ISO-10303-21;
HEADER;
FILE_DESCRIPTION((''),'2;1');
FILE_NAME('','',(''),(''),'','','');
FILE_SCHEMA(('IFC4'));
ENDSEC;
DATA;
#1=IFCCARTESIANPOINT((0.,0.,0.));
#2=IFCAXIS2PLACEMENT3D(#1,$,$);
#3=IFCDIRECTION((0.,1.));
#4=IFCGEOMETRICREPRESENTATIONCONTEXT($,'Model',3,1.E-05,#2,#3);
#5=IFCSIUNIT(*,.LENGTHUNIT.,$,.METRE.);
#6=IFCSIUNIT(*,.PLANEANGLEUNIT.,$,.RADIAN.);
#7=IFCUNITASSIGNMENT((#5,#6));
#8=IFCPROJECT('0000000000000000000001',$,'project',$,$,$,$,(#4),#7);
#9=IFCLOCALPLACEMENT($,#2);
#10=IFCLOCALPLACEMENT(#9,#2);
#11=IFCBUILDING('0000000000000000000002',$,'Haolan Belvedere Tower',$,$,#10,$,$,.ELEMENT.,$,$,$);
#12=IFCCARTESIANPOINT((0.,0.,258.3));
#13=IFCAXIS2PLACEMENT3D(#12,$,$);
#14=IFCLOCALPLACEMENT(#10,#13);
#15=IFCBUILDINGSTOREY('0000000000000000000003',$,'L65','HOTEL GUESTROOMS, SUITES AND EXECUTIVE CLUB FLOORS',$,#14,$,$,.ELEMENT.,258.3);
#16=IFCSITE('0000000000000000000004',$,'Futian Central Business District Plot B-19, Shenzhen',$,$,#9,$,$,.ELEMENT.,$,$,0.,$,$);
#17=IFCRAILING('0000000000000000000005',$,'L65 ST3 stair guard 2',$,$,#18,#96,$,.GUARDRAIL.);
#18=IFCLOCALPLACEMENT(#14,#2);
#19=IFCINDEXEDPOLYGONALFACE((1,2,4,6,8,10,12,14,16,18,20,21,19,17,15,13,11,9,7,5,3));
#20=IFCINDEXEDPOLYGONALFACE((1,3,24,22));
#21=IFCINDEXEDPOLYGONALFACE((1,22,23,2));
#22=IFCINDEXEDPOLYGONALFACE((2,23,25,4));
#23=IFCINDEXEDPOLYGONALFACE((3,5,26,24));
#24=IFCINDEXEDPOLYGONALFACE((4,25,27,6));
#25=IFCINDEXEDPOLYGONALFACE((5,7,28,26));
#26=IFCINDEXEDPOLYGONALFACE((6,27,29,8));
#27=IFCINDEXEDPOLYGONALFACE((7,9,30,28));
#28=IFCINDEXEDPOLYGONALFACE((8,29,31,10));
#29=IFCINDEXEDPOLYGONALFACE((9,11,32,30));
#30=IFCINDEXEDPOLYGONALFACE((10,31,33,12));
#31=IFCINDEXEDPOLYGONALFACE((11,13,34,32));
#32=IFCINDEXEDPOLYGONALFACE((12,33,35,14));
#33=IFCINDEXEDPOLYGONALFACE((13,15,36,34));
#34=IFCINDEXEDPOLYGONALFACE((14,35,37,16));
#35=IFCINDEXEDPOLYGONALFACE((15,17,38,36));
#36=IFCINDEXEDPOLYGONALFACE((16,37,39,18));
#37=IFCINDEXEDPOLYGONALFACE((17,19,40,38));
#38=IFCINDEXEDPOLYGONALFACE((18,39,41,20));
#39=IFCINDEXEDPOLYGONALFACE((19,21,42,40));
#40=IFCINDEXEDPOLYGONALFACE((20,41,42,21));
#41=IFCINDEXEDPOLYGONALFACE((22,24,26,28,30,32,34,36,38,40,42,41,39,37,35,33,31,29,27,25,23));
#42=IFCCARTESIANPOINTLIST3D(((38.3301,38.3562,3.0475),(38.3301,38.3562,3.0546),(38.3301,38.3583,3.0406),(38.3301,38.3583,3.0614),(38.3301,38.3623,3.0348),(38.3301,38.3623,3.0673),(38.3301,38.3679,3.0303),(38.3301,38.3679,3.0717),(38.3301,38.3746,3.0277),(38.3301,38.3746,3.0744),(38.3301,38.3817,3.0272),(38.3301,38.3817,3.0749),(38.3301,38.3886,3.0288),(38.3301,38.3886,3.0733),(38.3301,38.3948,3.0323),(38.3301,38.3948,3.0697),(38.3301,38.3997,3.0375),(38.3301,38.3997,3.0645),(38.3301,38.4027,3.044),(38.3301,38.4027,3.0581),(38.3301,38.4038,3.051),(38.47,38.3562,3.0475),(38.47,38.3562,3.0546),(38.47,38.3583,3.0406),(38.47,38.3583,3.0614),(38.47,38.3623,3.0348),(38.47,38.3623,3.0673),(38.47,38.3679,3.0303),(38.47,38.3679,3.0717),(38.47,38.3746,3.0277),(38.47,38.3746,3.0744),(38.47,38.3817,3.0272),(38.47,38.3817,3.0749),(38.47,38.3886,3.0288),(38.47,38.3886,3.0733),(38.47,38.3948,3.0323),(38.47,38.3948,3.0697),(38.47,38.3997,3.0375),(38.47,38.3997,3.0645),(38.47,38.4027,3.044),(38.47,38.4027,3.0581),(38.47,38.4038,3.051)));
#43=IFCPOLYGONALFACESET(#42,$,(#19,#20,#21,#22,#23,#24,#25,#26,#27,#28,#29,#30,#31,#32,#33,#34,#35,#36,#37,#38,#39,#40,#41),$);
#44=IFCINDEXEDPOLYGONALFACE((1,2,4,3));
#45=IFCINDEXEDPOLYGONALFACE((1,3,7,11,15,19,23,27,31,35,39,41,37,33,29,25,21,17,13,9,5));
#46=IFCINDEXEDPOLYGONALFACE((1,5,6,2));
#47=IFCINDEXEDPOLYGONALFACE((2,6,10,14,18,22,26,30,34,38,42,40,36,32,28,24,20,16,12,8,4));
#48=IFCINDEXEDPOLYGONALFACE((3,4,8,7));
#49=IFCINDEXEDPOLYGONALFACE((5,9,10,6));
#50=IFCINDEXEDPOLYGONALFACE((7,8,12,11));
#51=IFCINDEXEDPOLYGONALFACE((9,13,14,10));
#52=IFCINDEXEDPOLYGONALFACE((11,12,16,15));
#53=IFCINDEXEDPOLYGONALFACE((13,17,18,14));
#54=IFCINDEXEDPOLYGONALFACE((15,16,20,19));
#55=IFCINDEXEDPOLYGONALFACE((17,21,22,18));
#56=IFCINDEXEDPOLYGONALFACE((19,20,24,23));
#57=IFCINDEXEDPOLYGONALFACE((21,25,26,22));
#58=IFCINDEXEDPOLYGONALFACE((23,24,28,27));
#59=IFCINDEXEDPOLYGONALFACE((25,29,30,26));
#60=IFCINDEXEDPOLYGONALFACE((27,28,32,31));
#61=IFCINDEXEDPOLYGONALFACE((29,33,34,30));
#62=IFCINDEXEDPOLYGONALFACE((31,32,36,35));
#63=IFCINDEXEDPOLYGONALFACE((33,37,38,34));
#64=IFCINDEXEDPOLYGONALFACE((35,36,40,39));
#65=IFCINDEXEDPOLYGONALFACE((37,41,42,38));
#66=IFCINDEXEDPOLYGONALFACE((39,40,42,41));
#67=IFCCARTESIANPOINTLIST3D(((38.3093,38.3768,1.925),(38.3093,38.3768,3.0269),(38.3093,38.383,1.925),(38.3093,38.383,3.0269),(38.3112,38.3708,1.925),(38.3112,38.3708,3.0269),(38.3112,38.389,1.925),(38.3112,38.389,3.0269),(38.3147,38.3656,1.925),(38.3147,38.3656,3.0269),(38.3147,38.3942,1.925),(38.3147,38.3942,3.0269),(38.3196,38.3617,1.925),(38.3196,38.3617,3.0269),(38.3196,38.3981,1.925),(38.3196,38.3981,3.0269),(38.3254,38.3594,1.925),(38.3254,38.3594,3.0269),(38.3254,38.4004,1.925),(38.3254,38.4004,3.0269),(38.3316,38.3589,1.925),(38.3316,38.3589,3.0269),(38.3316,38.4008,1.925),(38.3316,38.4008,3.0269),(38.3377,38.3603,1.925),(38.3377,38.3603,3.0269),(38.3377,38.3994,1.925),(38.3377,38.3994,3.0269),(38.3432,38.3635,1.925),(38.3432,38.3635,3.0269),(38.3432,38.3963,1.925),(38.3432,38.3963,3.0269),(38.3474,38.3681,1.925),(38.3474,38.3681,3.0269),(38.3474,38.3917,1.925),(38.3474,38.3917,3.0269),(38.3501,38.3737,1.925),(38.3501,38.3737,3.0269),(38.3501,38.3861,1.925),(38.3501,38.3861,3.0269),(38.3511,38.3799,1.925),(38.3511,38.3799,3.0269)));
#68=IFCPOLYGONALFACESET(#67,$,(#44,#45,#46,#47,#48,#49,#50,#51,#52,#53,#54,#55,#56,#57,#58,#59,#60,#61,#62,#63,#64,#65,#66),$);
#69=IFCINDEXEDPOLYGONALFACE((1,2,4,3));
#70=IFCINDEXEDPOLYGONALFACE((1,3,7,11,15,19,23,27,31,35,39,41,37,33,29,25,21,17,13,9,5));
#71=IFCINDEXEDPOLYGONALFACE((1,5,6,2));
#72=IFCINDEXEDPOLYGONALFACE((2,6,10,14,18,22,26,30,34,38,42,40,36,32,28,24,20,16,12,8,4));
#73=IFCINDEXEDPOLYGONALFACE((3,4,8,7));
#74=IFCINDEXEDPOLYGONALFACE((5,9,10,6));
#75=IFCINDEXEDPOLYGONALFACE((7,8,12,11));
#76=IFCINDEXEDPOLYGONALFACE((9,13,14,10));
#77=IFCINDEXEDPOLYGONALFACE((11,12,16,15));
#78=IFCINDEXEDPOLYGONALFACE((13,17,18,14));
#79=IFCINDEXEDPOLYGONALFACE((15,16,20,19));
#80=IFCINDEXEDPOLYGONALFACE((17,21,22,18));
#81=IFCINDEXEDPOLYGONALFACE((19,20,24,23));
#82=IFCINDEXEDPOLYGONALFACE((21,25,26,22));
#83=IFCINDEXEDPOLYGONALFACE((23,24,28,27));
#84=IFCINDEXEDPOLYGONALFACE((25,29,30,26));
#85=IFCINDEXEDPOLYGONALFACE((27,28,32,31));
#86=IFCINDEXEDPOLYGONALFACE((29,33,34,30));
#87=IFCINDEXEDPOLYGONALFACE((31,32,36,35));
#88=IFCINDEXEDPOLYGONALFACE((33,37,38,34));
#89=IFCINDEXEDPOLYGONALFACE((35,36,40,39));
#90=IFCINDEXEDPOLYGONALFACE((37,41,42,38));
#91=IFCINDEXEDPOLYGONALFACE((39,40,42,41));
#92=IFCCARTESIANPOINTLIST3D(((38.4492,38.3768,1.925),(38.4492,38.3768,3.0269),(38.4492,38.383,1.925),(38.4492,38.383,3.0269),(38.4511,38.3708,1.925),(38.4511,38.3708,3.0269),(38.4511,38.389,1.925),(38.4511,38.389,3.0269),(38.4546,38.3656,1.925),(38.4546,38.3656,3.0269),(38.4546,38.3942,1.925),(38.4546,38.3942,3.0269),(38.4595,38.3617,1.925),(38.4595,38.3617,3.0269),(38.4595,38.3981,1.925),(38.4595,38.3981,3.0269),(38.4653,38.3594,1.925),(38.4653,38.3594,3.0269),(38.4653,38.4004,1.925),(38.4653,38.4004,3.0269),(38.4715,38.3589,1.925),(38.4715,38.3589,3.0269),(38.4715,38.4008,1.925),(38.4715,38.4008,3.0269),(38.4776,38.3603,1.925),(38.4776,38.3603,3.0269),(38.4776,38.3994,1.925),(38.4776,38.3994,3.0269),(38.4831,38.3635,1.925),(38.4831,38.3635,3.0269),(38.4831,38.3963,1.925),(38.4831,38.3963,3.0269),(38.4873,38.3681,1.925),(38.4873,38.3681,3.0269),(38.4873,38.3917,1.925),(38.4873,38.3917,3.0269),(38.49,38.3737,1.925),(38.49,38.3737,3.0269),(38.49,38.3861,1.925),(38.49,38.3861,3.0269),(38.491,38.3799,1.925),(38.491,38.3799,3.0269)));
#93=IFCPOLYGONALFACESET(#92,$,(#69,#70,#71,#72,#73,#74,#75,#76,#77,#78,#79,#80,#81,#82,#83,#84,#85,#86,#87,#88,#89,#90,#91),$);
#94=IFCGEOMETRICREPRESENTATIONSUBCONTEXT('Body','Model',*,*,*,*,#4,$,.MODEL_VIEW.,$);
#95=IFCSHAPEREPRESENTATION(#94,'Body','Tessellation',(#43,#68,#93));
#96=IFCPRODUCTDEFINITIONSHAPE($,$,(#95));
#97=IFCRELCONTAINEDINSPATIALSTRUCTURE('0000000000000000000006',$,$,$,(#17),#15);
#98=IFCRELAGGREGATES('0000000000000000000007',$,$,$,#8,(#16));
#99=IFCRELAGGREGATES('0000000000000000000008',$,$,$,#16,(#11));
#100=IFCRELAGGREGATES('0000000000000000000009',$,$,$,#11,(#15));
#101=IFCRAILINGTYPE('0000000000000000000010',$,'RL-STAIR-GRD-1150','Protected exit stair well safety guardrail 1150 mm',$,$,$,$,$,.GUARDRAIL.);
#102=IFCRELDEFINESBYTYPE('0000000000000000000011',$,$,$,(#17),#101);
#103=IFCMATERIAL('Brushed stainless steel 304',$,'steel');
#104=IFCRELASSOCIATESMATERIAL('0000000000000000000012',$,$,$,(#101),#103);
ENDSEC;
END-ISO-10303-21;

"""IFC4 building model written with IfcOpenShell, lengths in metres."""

from ifc_helpers import new_model, si_unit, direction, frame, origin, origin_2d, place, context, subcontext, project, spatial, circle, extrude, material, type_object, element, save


model = new_model("IFC4")

# Units and contexts
model_context = context("Model", 3, precision=1e-05, world=origin(), true_north=direction((0.0, 1.0)))
body_context = subcontext(model_context, "Body", "Model", "MODEL_VIEW")
ifc_project = project(units=[si_unit("LENGTHUNIT", "METRE"), si_unit("PLANEANGLEUNIT", "RADIAN")], contexts=[model_context])

# Site, building, storey
site_placement = place(None, origin())
site = spatial("IfcSite", under=ifc_project, at=site_placement, Name="Futian Central Business District Plot B-19, Shenzhen", CompositionType="ELEMENT", RefElevation=0.0)
building_placement = place(site_placement, origin())
building = spatial("IfcBuilding", under=site, at=building_placement, Name="Haolan Belvedere Tower", CompositionType="ELEMENT")
storey_placement = place(building_placement, frame((0.0, 0.0, 258.3)))
storey = spatial("IfcBuildingStorey", under=building, at=storey_placement, Name="L65", Description="HOTEL GUESTROOMS, SUITES AND EXECUTIVE CLUB FLOORS", CompositionType="ELEMENT", Elevation=258.3)

# Railing
ifc_material_1 = material(Name="Brushed stainless steel 304", Category="steel")
railing_type_1 = type_object("IfcRailingType", Name="RL-STAIR-GRD-1150", Description="Protected exit stair well safety guardrail 1150 mm", PredefinedType="GUARDRAIL", material=ifc_material_1)
railing_1_placement = place(storey_placement, frame((38.3301, 38.3799, 1.925)))
element("IfcRailing", 1, at=railing_1_placement, inside=storey, type_object=railing_type_1, Name="L65 ST3 stair guard 2", PredefinedType="GUARDRAIL", context=body_context, shape_type="SweptSolid", body=[
    extrude(circle(Radius=0.0239, at=origin_2d()), frame((0.0, 0.0, 1.126), z_axis=(1.0, 0.0, 0.0), x_axis=(0.0, 1.0, 0.0)), (0.0, 0.0, 1.0), 0.1399),
    extrude(circle(Radius=0.021, at=origin_2d()), origin(), (0.0, 0.0, 1.0), 1.1018),
    extrude(circle(Radius=0.021, at=origin_2d()), frame((0.1399, 0.0, 0.0)), (0.0, 0.0, 1.0), 1.1018),
])

save(model, "model.ifc")
